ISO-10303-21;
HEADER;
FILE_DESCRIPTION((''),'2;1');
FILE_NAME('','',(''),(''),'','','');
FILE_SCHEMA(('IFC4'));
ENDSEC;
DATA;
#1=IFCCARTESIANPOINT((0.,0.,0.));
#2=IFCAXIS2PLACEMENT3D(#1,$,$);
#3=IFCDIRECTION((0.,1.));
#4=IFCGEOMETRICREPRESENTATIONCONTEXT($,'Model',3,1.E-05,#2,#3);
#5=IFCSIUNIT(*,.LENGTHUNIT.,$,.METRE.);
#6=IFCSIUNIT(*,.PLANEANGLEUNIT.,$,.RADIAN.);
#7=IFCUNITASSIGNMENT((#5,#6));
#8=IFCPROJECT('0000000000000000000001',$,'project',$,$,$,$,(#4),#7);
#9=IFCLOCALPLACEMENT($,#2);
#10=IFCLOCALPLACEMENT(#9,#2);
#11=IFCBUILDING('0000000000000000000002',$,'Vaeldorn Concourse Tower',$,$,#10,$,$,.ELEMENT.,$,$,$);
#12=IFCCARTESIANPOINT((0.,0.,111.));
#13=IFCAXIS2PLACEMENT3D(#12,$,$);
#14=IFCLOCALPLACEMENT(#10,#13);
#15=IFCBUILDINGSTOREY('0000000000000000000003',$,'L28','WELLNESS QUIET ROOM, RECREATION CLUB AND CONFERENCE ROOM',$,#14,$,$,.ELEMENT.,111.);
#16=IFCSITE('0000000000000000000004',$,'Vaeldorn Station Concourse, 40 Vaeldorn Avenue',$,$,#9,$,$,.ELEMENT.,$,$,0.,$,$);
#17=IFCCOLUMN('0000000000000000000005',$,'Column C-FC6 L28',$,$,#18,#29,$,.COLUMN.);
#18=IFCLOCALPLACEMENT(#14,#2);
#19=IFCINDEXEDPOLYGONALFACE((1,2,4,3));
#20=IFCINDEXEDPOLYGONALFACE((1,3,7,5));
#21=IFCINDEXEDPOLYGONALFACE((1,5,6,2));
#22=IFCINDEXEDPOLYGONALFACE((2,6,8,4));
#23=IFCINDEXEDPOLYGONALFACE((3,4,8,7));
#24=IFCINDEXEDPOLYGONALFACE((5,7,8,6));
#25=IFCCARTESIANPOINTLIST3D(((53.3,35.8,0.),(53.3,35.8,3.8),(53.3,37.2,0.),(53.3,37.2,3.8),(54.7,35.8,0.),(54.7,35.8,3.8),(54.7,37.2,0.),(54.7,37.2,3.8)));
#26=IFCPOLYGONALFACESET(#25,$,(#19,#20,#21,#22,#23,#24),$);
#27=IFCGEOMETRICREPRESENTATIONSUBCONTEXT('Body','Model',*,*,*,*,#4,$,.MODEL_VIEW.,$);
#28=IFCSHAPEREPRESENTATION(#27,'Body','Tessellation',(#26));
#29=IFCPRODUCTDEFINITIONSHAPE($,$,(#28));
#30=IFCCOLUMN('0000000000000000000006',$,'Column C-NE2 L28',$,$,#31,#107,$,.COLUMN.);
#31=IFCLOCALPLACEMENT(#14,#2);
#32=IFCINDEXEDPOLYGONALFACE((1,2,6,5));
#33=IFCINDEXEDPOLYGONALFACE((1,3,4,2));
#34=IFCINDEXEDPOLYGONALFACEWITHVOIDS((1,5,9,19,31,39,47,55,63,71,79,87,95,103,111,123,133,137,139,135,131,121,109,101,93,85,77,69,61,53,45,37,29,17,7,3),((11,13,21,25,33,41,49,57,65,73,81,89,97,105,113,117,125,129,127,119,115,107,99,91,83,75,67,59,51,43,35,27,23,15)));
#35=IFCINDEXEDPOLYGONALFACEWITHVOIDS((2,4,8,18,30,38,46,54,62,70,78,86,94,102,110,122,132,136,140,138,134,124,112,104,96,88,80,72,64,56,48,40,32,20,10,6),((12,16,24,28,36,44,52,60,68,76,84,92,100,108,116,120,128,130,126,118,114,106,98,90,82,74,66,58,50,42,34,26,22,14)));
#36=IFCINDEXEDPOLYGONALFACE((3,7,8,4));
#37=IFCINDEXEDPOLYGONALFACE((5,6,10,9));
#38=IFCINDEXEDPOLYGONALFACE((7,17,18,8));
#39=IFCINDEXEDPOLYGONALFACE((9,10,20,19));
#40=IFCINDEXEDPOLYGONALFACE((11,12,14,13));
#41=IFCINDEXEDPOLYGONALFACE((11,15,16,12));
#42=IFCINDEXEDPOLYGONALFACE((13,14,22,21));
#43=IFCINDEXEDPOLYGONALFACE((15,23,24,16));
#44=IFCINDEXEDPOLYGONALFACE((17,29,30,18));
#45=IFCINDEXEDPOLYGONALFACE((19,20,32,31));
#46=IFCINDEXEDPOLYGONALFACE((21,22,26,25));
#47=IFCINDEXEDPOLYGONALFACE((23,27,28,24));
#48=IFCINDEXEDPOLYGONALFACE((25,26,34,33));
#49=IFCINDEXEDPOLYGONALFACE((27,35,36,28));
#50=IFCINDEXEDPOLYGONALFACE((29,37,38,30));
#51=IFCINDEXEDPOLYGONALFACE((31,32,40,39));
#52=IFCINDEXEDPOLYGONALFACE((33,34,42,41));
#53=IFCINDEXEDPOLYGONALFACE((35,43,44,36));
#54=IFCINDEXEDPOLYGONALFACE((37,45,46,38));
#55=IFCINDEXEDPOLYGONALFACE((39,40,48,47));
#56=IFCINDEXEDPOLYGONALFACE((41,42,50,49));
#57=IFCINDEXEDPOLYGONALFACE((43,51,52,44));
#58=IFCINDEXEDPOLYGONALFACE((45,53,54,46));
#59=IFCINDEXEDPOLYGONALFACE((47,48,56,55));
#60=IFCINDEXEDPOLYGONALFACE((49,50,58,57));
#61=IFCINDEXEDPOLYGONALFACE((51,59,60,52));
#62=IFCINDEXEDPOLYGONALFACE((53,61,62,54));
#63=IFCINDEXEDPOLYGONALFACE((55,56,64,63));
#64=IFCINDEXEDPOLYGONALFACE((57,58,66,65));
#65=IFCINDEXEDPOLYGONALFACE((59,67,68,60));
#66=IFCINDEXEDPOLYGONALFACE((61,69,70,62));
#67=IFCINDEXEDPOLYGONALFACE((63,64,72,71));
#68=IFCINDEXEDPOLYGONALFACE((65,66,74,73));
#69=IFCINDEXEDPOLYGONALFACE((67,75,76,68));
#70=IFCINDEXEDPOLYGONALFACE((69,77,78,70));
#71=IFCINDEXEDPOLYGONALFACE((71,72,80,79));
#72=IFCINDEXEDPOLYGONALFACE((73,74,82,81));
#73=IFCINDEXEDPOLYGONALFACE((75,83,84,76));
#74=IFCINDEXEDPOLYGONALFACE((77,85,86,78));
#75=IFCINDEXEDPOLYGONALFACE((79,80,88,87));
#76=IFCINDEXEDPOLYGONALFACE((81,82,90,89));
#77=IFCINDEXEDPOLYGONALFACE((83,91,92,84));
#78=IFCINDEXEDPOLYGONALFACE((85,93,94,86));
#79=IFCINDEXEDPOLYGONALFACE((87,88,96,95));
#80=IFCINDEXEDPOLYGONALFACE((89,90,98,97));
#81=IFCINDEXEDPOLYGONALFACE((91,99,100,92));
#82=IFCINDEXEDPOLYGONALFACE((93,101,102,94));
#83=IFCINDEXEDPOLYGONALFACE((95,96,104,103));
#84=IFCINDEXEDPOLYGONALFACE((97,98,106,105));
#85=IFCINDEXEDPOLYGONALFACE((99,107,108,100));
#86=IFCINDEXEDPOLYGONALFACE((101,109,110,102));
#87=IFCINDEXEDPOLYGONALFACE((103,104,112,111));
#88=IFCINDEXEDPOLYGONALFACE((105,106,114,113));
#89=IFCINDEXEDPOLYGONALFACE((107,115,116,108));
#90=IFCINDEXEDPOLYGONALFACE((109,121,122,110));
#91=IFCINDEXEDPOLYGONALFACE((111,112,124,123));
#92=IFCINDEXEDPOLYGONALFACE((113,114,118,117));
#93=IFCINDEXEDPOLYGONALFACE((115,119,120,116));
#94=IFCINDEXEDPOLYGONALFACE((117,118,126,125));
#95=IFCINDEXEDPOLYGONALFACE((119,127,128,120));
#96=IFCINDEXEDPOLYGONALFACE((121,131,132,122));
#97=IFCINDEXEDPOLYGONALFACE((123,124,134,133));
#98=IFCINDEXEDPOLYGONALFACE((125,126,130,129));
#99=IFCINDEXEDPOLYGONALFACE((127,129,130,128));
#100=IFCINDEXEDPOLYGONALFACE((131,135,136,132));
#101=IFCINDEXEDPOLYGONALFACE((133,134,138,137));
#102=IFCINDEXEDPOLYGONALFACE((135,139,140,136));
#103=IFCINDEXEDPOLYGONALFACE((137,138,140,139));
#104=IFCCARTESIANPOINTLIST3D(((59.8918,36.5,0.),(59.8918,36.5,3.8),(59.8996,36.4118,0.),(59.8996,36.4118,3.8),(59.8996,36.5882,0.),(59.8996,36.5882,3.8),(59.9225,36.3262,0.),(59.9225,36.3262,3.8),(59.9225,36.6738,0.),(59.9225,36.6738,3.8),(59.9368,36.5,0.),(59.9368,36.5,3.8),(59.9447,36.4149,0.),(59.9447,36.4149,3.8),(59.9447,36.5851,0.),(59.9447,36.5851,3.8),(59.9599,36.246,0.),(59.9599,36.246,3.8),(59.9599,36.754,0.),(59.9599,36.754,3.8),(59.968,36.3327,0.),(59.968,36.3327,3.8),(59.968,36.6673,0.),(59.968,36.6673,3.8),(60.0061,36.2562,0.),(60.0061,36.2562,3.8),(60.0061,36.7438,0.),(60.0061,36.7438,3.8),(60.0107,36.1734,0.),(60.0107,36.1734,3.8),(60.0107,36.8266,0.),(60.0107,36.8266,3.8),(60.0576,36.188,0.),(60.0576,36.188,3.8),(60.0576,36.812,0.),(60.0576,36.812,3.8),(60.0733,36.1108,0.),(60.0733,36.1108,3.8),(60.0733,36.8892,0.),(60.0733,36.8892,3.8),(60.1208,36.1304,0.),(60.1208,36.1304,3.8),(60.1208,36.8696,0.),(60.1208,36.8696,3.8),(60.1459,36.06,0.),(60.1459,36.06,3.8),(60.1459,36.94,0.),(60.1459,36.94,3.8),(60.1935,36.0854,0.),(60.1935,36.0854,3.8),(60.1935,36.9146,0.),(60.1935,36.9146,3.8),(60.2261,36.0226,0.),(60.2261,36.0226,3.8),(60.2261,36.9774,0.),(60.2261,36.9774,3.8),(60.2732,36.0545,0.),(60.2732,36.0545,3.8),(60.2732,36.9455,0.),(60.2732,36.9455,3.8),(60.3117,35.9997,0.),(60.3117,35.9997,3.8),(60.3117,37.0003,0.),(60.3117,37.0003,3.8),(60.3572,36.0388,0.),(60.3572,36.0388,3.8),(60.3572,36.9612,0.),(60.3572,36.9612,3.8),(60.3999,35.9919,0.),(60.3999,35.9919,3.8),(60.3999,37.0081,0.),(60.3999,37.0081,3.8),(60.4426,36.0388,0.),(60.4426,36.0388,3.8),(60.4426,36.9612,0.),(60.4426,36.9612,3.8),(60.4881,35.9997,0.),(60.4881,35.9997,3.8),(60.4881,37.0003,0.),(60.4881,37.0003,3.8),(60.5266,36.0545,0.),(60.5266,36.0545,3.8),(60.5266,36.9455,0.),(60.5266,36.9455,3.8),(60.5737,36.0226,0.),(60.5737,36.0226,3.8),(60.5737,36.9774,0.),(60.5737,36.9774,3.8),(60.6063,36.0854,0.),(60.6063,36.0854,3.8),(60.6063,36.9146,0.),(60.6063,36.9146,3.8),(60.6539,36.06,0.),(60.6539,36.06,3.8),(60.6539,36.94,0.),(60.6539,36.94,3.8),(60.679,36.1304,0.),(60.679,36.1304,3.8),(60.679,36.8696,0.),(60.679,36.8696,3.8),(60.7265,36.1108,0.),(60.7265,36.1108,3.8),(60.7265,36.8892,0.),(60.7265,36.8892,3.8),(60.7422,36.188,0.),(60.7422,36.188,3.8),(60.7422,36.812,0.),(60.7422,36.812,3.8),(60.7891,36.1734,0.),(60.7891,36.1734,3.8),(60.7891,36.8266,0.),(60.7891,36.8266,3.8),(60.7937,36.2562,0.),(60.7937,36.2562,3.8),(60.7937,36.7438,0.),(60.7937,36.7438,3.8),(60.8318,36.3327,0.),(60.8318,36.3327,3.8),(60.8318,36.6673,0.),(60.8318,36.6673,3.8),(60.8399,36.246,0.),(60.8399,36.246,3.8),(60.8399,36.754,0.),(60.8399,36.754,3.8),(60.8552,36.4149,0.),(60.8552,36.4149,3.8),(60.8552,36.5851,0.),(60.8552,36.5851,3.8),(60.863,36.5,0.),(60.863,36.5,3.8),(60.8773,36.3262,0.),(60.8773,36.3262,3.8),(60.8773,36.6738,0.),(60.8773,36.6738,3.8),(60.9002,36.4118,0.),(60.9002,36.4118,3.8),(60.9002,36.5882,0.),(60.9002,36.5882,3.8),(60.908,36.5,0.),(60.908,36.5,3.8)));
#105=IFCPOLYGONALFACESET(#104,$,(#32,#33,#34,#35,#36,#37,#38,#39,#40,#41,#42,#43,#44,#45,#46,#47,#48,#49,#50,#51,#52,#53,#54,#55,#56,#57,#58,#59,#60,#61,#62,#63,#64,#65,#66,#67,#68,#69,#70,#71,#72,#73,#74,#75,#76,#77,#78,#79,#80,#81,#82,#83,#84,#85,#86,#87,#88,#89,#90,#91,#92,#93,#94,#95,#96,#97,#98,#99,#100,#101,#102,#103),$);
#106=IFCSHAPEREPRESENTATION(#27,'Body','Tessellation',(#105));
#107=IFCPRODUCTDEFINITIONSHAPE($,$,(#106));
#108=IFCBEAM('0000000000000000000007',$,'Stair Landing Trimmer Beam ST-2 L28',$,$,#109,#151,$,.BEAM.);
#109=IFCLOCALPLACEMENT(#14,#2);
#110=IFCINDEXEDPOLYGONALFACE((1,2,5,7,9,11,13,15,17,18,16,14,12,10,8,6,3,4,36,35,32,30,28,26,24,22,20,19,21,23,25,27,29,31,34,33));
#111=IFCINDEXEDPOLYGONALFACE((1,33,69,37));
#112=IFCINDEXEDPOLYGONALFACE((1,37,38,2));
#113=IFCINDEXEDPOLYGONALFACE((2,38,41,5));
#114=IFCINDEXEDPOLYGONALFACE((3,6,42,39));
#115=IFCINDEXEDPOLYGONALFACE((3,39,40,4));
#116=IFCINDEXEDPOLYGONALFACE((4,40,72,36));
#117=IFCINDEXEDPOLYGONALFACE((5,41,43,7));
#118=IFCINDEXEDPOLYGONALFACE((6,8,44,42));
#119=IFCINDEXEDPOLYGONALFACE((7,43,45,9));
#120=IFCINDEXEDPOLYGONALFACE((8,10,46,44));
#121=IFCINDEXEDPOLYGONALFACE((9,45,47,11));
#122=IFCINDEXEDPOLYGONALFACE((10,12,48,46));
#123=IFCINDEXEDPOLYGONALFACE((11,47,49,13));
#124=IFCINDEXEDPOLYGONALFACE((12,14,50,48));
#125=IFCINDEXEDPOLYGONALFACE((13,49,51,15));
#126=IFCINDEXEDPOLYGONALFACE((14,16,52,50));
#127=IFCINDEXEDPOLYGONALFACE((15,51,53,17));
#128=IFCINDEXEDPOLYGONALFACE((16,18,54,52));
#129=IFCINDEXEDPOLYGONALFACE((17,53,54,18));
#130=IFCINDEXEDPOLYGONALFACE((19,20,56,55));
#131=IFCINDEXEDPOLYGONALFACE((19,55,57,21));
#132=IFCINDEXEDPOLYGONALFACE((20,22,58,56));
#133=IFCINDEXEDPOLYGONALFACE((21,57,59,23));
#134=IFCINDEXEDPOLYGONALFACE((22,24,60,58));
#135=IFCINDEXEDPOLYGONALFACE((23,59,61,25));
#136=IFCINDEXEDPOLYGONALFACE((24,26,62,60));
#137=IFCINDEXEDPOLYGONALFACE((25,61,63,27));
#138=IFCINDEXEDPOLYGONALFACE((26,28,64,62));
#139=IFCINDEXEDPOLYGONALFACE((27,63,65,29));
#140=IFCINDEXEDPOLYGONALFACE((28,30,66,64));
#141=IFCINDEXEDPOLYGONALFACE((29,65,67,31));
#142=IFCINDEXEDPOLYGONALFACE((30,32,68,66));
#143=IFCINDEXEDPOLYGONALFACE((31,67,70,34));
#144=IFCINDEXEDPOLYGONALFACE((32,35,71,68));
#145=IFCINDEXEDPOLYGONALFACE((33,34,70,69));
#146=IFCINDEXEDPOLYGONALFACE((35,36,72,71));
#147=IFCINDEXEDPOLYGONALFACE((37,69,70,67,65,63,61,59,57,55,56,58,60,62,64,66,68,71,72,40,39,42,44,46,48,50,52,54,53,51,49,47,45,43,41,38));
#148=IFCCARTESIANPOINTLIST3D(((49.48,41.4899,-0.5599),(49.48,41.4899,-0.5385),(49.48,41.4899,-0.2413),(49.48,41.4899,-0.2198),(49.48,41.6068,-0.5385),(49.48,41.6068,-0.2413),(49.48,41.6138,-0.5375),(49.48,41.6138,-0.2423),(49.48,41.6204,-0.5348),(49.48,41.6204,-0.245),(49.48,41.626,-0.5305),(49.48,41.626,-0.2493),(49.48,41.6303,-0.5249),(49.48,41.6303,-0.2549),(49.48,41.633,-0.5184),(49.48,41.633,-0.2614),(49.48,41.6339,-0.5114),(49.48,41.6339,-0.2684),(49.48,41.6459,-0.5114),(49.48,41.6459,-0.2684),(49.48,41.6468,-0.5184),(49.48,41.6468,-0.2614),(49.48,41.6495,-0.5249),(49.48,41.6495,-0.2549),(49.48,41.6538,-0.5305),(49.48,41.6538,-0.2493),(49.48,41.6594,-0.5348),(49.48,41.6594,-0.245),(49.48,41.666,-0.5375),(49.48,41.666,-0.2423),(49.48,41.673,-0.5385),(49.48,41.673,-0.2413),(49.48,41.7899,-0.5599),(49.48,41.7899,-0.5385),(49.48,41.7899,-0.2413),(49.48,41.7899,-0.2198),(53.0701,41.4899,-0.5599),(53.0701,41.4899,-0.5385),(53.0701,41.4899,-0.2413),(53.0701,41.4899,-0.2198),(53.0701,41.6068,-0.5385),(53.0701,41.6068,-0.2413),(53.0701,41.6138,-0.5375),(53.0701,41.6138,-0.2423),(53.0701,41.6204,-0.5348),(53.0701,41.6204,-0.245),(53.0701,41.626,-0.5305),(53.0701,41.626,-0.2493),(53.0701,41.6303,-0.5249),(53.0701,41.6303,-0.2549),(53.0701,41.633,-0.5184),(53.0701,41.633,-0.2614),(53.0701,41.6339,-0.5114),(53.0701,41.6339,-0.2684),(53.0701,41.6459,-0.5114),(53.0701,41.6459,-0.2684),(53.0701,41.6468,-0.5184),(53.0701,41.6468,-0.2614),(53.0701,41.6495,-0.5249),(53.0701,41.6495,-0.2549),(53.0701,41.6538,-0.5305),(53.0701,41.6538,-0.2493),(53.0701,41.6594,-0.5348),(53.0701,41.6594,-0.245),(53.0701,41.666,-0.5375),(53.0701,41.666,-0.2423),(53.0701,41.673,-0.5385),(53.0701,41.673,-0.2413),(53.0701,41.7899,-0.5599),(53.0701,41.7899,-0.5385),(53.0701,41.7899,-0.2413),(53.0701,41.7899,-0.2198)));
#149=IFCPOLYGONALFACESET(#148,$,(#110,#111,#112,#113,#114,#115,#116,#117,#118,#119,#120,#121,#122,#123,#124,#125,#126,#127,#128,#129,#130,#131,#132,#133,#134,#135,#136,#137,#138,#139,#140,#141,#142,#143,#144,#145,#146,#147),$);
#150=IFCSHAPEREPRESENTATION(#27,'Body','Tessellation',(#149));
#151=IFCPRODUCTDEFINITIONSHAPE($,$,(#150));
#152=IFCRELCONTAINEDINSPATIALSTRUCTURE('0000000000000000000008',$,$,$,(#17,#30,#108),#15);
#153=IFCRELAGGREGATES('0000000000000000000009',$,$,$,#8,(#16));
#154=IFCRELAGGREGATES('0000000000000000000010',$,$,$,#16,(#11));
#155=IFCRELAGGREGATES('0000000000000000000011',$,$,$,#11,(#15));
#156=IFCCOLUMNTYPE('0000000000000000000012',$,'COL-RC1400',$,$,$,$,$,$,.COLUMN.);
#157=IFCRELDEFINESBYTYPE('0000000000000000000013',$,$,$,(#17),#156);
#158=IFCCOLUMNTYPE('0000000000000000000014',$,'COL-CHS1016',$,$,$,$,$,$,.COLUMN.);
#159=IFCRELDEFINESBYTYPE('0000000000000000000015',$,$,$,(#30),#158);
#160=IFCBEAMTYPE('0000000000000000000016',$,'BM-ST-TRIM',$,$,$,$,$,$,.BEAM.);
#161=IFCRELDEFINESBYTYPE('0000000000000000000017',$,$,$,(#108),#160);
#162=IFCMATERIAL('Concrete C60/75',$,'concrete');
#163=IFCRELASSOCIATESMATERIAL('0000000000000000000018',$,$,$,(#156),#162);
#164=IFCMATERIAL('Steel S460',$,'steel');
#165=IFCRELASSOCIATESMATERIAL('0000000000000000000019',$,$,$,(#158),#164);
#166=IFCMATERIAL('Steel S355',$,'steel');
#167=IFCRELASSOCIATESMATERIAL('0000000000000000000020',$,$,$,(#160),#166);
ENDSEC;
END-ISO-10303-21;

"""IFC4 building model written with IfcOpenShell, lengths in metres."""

from ifc_helpers import new_model, si_unit, direction, frame, origin, origin_2d, place, context, subcontext, project, spatial, rectangle, hollow_circle, i_section, extrude, source, transform, mapped, material, material_profile, profile_set, type_object, element, save


model = new_model("IFC4")

# Units and contexts
model_context = context("Model", 3, precision=1e-05, world=origin(), true_north=direction((0.0, 1.0)))
body_context = subcontext(model_context, "Body", "Model", "MODEL_VIEW")
ifc_project = project(units=[si_unit("LENGTHUNIT", "METRE"), si_unit("PLANEANGLEUNIT", "RADIAN")], contexts=[model_context])

# Site, building, storey
site_placement = place(None, origin())
site = spatial("IfcSite", under=ifc_project, at=site_placement, Name="Vaeldorn Station Concourse, 40 Vaeldorn Avenue", CompositionType="ELEMENT", RefElevation=0.0)
building_placement = place(site_placement, origin())
building = spatial("IfcBuilding", under=site, at=building_placement, Name="Vaeldorn Concourse Tower", CompositionType="ELEMENT")
storey_placement = place(building_placement, frame((0.0, 0.0, 111.0)))
storey = spatial("IfcBuildingStorey", under=building, at=storey_placement, Name="L28", Description="WELLNESS QUIET ROOM, RECREATION CLUB AND CONFERENCE ROOM", CompositionType="ELEMENT", Elevation=111.0)

# Columns
ifc_material_1 = material(Name="Concrete C60/75", Category="concrete")
ifc_material_profile_1 = material_profile(ifc_material_1, rectangle(XDim=1.3999, YDim=1.3999, at=origin_2d()), Name="RC 1400x1400")
ifc_profile_set_1 = profile_set([ifc_material_profile_1], Name="Concrete C60/75")
column_type_1 = type_object("IfcColumnType", Name="COL-RC1400", PredefinedType="COLUMN", material=ifc_profile_set_1)
shared_shape_1 = source(origin(), body_context, "Body", "SweptSolid", [
    extrude(rectangle(XDim=1.3999, YDim=1.3999, at=origin_2d()), origin(), (0.0, 0.0, 1.0), 3.8),
])
column_1_placement = place(storey_placement, frame((54.0, 36.5, 0.0), z_axis=(0.0, 0.0, 1.0), x_axis=(1.0, 0.0, 0.0)))
element("IfcColumn", 1, at=column_1_placement, inside=storey, type_object=column_type_1, Name="Column C-FC6 L28", PredefinedType="COLUMN", context=body_context, shape_type="MappedRepresentation", body=[
    mapped(shared_shape_1, transform((0.0, 0.0, 0.0), scale=1.0)),
])
ifc_material_2 = material(Name="Steel S460", Category="steel")
ifc_material_profile_2 = material_profile(ifc_material_2, hollow_circle(Radius=0.5081, WallThickness=0.0449, at=origin_2d()), Name="CHS 1016x45")
ifc_profile_set_2 = profile_set([ifc_material_profile_2], Name="Steel S460")
column_type_2 = type_object("IfcColumnType", Name="COL-CHS1016", PredefinedType="COLUMN", material=ifc_profile_set_2)
shared_shape_2 = source(origin(), body_context, "Body", "SweptSolid", [
    extrude(hollow_circle(Radius=0.5081, WallThickness=0.0449, at=origin_2d()), origin(), (0.0, 0.0, 1.0), 3.8),
])
column_2_placement = place(storey_placement, frame((60.3999, 36.5, 0.0), z_axis=(0.0, 0.0, 1.0), x_axis=(1.0, 0.0, 0.0)))
element("IfcColumn", 2, at=column_2_placement, inside=storey, type_object=column_type_2, Name="Column C-NE2 L28", PredefinedType="COLUMN", context=body_context, shape_type="MappedRepresentation", body=[
    mapped(shared_shape_2, transform((0.0, 0.0, 0.0), scale=1.0)),
])

# Beam
ifc_material_3 = material(Name="Steel S355", Category="steel")
ifc_material_profile_3 = material_profile(ifc_material_3, i_section(OverallWidth=0.3, OverallDepth=0.3401, WebThickness=0.012, FlangeThickness=0.0215, FilletRadius=0.0271, at=origin_2d()), Name="HEB 340")
ifc_profile_set_3 = profile_set([ifc_material_profile_3], Name="Steel S355")
beam_type_1 = type_object("IfcBeamType", Name="BM-ST-TRIM", PredefinedType="BEAM", material=ifc_profile_set_3)
shared_shape_3 = source(origin(), body_context, "Body", "SweptSolid", [
    extrude(i_section(OverallWidth=0.3, OverallDepth=0.3401, WebThickness=0.012, FlangeThickness=0.0215, FilletRadius=0.0271, at=origin_2d()), origin(), (0.0, 0.0, 1.0), 3.5901),
])
beam_1_placement = place(storey_placement, frame((49.48, 41.6399, -0.3899), z_axis=(1.0, 0.0, 0.0), x_axis=(0.0, 1.0, 0.0)))
element("IfcBeam", 3, at=beam_1_placement, inside=storey, type_object=beam_type_1, Name="Stair Landing Trimmer Beam ST-2 L28", PredefinedType="BEAM", context=body_context, shape_type="MappedRepresentation", body=[
    mapped(shared_shape_3, transform((0.0, 0.0, 0.0), scale=1.0)),
])

save(model, "model.ifc")
